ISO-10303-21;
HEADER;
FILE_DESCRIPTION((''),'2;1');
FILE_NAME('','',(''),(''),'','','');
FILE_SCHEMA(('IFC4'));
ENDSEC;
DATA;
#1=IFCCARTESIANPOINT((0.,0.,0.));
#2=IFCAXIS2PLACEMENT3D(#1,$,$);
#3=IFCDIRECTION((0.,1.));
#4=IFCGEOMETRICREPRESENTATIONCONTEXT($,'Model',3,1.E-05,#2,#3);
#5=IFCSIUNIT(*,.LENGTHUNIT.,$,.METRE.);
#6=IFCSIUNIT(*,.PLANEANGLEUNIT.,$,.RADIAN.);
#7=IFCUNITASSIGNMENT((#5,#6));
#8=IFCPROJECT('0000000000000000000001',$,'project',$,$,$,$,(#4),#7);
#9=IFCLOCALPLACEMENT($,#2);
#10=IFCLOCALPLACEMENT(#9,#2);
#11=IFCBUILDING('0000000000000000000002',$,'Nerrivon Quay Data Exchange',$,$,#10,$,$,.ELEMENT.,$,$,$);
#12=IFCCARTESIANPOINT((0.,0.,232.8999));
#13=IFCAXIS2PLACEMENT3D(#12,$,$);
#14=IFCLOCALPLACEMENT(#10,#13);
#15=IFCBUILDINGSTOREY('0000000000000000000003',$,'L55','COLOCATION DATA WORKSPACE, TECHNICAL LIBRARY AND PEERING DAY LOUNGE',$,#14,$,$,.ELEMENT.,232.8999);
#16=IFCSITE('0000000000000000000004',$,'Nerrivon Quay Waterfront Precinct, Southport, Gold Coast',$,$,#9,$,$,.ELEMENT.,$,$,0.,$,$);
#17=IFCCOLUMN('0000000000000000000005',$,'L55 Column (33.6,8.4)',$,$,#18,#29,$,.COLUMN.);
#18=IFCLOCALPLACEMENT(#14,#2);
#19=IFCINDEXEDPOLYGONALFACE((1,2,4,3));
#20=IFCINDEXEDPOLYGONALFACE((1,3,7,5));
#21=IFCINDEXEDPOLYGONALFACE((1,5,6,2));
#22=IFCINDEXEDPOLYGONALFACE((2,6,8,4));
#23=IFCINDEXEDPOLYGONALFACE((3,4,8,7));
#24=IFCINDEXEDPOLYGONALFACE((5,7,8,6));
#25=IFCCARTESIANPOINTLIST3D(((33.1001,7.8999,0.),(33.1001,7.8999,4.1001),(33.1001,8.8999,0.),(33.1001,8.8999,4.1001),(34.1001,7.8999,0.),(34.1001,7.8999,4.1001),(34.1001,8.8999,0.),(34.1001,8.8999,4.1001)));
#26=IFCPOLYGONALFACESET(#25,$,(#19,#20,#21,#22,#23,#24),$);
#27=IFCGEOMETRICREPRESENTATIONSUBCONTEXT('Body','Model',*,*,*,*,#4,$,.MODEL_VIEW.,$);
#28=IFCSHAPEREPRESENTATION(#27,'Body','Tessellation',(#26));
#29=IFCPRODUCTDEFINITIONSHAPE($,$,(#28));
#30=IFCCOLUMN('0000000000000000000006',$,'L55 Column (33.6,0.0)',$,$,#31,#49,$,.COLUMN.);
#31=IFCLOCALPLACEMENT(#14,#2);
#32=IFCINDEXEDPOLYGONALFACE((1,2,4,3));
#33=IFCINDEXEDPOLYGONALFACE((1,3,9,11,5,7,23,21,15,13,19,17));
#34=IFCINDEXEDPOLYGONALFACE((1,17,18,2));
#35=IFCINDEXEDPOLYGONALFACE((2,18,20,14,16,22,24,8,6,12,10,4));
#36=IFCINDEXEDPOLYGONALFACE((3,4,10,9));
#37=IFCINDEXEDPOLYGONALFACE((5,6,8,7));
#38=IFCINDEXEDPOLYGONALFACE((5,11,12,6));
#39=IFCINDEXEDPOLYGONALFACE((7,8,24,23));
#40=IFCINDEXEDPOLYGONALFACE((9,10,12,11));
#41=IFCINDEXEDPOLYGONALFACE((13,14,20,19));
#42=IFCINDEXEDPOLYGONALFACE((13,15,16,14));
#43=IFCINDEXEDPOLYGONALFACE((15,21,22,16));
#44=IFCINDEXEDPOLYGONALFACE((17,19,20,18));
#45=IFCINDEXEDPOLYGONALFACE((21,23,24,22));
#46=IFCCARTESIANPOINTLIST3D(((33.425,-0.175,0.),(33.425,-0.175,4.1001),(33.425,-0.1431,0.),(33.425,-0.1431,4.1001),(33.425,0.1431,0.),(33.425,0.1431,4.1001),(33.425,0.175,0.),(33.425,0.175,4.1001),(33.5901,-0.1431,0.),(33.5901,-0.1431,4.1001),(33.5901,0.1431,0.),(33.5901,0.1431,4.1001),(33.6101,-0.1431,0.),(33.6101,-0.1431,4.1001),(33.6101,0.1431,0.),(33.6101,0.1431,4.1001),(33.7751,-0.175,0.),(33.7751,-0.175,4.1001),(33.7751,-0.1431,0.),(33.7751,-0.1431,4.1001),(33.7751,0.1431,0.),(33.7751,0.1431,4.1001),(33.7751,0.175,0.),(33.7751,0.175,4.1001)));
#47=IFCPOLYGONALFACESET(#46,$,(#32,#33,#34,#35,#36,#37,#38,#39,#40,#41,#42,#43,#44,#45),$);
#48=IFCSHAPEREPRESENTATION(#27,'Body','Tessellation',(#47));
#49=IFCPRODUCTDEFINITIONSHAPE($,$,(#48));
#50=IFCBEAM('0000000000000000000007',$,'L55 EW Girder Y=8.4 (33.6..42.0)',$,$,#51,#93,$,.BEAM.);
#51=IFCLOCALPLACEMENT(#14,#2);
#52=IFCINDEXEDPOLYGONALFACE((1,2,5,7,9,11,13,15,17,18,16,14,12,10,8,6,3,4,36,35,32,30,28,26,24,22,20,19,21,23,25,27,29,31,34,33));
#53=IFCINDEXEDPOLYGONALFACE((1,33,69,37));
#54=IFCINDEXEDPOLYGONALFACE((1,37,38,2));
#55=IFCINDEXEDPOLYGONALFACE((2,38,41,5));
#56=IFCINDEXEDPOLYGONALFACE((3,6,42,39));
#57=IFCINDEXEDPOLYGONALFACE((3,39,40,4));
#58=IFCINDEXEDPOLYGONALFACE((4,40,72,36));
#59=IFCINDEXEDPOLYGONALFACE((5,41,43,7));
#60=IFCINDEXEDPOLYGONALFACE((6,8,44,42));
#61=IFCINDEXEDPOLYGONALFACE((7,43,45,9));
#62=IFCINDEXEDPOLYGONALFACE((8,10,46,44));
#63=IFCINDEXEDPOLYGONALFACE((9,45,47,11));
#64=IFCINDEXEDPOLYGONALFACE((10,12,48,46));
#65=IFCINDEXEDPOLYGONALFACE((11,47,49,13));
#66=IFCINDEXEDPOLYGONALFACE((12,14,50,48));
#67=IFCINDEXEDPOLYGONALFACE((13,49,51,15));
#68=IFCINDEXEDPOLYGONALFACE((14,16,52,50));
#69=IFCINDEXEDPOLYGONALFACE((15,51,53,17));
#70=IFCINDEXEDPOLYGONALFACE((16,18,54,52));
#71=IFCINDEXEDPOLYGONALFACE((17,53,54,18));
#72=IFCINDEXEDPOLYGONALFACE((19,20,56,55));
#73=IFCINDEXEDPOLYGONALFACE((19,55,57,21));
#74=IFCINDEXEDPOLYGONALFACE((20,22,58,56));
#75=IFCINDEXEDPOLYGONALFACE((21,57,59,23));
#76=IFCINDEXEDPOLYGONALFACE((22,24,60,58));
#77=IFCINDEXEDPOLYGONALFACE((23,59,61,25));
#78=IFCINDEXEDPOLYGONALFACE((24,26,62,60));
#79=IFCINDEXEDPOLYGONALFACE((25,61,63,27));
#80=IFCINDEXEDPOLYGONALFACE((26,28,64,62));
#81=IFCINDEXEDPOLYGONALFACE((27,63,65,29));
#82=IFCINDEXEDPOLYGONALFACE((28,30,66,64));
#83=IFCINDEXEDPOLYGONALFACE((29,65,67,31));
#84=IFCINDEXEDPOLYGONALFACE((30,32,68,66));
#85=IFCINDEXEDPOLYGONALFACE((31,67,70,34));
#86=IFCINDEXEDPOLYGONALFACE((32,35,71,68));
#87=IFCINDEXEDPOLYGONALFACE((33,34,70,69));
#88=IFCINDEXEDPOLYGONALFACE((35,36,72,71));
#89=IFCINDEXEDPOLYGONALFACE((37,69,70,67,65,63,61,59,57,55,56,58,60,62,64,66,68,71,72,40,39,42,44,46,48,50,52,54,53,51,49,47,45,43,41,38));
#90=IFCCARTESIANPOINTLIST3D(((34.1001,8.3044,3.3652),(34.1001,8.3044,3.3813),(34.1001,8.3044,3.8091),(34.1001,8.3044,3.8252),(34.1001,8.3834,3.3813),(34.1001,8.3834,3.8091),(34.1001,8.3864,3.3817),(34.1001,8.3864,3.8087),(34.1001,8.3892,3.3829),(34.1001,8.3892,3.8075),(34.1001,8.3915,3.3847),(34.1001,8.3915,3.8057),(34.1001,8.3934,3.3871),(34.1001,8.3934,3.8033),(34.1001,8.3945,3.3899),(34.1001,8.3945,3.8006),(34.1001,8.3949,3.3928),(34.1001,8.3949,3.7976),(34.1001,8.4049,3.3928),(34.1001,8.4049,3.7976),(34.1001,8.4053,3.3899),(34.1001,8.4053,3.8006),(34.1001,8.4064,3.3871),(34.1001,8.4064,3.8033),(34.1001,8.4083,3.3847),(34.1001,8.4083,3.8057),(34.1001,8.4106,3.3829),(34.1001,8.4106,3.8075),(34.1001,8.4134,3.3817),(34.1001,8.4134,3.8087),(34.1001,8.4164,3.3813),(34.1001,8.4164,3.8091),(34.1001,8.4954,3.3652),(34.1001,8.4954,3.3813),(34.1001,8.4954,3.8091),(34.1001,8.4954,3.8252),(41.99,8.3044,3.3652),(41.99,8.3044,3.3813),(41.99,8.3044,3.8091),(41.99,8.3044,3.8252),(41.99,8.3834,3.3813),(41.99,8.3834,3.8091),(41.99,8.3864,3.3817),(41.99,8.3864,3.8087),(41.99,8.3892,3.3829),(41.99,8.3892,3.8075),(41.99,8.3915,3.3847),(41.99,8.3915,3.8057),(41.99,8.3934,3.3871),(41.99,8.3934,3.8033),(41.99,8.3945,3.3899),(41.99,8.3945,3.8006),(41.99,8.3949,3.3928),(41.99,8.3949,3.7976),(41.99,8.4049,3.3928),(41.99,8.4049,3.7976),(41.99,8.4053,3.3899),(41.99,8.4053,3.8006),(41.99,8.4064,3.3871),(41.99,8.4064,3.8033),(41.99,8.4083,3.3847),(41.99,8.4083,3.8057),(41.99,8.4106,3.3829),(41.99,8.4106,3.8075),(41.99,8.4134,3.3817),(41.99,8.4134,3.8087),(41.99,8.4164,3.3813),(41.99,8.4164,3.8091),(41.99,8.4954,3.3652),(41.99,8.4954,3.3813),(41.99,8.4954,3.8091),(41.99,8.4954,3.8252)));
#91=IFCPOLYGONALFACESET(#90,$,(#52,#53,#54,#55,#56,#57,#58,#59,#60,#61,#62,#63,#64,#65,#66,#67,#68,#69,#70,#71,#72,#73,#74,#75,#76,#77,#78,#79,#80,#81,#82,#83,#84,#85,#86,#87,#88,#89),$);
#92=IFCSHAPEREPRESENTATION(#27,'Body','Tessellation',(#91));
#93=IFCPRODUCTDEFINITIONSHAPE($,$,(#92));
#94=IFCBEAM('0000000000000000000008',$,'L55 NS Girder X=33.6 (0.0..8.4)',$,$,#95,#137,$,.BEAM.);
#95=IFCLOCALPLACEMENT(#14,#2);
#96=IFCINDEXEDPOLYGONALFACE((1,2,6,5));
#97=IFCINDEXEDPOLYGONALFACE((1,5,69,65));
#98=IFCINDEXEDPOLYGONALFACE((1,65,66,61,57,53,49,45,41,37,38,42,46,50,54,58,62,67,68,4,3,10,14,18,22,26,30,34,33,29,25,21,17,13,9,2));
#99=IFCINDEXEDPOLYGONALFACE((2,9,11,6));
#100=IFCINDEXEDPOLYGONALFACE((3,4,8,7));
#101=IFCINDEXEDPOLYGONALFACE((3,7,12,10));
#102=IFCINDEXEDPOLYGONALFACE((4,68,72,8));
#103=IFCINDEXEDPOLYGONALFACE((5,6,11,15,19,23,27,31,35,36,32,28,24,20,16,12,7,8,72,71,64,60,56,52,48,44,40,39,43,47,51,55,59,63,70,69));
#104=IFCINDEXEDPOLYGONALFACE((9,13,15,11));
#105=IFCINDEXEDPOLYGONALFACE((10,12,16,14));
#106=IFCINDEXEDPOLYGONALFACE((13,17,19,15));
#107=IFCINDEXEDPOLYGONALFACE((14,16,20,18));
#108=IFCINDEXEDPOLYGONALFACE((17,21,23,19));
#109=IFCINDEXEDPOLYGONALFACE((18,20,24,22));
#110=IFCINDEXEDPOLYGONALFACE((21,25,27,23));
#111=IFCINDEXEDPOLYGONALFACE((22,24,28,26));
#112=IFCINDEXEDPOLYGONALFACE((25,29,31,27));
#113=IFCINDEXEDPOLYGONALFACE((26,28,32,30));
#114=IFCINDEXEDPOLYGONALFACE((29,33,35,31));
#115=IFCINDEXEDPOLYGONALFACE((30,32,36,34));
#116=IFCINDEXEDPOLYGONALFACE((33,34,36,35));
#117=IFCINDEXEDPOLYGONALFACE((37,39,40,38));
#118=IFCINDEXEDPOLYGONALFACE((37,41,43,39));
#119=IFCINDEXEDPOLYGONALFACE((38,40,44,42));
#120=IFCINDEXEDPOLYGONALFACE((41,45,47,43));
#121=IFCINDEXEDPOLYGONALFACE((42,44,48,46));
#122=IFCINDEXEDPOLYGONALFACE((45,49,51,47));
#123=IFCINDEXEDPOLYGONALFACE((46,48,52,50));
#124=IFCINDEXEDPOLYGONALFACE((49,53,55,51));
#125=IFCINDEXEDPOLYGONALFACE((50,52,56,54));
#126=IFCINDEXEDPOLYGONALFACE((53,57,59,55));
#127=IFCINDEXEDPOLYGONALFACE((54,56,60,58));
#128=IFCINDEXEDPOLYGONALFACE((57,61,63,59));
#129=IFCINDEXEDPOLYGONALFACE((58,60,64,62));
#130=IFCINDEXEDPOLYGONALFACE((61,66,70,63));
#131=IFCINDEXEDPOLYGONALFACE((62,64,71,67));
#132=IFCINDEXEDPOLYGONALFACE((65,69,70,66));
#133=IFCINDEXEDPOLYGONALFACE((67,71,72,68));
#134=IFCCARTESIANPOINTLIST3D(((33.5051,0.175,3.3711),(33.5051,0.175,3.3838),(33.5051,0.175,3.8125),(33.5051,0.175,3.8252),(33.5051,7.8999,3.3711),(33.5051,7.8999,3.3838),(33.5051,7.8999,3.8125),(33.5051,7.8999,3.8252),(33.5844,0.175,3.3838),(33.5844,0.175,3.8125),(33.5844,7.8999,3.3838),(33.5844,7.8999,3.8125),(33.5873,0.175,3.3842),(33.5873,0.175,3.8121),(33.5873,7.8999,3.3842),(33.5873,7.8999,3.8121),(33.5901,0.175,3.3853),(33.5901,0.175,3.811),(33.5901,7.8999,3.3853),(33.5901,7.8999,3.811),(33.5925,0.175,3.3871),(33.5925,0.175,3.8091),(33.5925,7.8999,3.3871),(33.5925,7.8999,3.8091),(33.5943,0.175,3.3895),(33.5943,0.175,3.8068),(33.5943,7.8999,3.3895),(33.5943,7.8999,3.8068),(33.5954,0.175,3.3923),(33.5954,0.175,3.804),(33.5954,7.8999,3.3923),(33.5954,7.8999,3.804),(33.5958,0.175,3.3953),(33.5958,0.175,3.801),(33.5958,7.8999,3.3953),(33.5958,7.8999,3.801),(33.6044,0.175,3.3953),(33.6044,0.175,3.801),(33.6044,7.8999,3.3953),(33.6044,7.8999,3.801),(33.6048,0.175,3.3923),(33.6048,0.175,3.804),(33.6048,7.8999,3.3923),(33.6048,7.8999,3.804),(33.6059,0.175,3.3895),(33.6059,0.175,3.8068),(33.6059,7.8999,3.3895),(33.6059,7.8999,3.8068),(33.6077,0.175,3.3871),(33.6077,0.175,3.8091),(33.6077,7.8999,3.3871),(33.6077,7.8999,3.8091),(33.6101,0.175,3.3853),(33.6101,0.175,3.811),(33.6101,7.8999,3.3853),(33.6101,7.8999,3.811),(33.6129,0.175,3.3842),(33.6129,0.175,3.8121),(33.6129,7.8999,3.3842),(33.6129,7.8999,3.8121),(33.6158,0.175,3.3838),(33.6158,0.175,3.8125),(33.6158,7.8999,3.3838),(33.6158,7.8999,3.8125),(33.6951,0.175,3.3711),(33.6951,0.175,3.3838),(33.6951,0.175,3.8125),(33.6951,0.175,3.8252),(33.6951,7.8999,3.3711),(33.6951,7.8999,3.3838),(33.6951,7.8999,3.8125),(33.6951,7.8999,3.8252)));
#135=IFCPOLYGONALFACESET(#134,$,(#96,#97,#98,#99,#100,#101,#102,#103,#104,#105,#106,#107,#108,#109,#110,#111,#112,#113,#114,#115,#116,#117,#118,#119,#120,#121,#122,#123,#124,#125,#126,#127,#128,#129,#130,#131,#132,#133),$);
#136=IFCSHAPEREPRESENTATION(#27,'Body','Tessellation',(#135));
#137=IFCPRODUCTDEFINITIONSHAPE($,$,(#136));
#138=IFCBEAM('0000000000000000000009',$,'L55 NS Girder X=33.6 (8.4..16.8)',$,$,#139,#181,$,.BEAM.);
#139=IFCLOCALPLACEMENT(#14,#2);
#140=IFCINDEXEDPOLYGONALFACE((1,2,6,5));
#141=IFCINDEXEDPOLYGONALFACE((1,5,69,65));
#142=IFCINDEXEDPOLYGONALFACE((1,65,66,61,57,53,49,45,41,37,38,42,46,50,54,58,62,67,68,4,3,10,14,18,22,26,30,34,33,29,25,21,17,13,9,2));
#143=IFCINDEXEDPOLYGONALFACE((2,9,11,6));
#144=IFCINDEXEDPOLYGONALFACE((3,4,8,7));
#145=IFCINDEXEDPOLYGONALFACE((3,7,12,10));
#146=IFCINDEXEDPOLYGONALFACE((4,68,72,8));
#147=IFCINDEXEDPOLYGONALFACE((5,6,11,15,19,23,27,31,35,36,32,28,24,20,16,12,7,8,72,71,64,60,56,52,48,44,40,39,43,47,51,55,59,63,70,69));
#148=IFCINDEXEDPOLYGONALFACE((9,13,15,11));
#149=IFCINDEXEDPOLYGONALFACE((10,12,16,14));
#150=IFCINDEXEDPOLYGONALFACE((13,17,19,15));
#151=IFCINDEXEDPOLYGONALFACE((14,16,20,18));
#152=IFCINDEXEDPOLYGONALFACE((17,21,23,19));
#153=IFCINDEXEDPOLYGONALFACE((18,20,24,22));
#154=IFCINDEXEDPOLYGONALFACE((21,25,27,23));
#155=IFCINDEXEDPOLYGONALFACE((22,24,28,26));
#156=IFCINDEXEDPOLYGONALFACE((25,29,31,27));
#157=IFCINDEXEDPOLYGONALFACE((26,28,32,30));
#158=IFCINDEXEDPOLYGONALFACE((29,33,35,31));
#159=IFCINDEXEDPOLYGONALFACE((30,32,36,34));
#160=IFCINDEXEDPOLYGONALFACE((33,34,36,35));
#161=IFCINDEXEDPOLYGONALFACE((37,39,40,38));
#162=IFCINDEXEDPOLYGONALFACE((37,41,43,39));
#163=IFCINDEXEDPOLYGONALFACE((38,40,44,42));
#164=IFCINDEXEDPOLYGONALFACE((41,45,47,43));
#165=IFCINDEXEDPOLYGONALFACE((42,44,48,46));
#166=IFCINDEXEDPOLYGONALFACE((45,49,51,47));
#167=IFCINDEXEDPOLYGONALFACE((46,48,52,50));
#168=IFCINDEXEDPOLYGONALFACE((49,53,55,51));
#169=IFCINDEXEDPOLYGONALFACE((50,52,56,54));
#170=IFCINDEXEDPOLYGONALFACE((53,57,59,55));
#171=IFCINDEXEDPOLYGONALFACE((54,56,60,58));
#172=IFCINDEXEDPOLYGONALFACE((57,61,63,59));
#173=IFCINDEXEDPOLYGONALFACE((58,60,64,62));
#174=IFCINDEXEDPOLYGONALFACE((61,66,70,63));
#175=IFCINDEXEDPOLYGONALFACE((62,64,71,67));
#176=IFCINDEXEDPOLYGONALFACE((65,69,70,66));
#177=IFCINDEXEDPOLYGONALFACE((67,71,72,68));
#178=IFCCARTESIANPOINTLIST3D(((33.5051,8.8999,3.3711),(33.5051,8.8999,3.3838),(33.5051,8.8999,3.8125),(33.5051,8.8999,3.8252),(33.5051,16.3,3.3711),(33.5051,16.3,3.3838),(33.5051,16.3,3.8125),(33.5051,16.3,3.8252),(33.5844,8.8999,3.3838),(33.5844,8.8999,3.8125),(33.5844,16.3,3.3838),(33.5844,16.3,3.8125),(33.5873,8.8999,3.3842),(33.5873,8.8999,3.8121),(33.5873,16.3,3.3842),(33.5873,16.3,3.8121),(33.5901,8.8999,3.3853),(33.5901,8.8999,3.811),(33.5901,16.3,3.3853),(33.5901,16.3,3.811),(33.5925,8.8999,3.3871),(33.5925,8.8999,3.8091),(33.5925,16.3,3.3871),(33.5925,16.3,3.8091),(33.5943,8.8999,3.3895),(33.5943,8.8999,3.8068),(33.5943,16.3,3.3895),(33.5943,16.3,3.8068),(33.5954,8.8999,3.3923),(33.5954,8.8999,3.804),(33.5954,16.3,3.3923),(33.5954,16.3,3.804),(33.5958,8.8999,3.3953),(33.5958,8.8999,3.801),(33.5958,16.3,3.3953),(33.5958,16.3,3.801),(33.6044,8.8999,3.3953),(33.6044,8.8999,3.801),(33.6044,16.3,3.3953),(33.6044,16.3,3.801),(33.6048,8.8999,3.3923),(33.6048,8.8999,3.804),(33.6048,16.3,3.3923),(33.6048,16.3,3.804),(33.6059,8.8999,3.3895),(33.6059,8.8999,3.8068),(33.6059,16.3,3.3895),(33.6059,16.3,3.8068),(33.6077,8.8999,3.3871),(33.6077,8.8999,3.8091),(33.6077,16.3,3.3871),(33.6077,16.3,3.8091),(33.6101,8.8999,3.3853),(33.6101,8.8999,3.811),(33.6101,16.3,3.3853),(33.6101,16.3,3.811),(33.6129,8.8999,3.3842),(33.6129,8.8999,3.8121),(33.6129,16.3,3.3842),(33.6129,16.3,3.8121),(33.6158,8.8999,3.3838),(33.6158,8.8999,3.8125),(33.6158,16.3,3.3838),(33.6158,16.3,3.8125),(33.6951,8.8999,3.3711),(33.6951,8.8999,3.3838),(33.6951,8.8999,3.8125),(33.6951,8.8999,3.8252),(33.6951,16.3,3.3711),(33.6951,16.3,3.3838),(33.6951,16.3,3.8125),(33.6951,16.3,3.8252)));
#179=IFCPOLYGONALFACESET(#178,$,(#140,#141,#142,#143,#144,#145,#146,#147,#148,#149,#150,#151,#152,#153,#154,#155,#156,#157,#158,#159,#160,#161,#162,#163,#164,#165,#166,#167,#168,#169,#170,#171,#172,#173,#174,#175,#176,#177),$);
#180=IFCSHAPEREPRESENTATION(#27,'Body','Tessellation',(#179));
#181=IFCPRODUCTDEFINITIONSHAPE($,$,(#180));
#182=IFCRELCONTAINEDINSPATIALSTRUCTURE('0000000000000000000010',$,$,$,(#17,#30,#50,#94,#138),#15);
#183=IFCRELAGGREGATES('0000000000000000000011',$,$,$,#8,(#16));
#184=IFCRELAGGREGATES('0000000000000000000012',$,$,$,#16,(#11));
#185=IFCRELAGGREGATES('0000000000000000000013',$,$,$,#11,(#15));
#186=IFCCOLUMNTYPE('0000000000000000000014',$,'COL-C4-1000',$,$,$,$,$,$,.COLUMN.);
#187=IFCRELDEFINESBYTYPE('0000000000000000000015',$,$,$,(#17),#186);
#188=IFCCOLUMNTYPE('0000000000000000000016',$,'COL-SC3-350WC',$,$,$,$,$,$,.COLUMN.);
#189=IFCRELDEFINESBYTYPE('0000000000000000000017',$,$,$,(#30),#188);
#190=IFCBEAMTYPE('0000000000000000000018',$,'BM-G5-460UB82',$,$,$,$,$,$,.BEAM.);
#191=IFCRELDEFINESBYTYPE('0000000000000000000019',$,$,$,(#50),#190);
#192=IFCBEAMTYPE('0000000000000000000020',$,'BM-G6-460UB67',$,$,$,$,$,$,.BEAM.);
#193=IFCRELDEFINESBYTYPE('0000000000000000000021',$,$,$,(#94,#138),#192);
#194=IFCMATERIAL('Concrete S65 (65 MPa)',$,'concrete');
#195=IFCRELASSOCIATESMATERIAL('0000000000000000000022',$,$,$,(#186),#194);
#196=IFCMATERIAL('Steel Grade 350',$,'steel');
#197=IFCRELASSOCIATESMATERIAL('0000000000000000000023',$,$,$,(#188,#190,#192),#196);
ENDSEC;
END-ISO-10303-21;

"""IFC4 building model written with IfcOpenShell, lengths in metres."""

from ifc_helpers import new_model, si_unit, direction, frame, origin, origin_2d, place, context, subcontext, project, spatial, rectangle, i_section, extrude, material, material_profile, profile_set, type_object, element, save


model = new_model("IFC4")

# Units and contexts
model_context = context("Model", 3, precision=1e-05, world=origin(), true_north=direction((0.0, 1.0)))
body_context = subcontext(model_context, "Body", "Model", "MODEL_VIEW")
ifc_project = project(units=[si_unit("LENGTHUNIT", "METRE"), si_unit("PLANEANGLEUNIT", "RADIAN")], contexts=[model_context])

# Site, building, storey
site_placement = place(None, origin())
site = spatial("IfcSite", under=ifc_project, at=site_placement, Name="Nerrivon Quay Waterfront Precinct, Southport, Gold Coast", CompositionType="ELEMENT", RefElevation=0.0)
building_placement = place(site_placement, origin())
building = spatial("IfcBuilding", under=site, at=building_placement, Name="Nerrivon Quay Data Exchange", CompositionType="ELEMENT")
storey_placement = place(building_placement, frame((0.0, 0.0, 232.8999)))
storey = spatial("IfcBuildingStorey", under=building, at=storey_placement, Name="L55", Description="COLOCATION DATA WORKSPACE, TECHNICAL LIBRARY AND PEERING DAY LOUNGE", CompositionType="ELEMENT", Elevation=232.8999)

# Columns
ifc_material_1 = material(Name="Concrete S65 (65 MPa)", Category="concrete")
ifc_material_profile_1 = material_profile(ifc_material_1, rectangle(XDim=1.0, YDim=1.0, at=origin_2d()), Name="RC-COL-1000x1000")
ifc_profile_set_1 = profile_set([ifc_material_profile_1], Name="Concrete S65 (65 MPa)")
column_type_1 = type_object("IfcColumnType", Name="COL-C4-1000", PredefinedType="COLUMN", material=ifc_profile_set_1)
column_1_placement = place(storey_placement, frame((33.6001, 8.3999, 0.0), z_axis=(0.0, 0.0, 1.0), x_axis=(1.0, 0.0, 0.0)))
element("IfcColumn", 1, at=column_1_placement, inside=storey, type_object=column_type_1, Name="L55 Column (33.6,8.4)", PredefinedType="COLUMN", context=body_context, shape_type="SweptSolid", body=[
    extrude(rectangle(XDim=1.0, YDim=1.0, at=origin_2d()), origin(), (0.0, 0.0, 1.0), 4.1001),
])
ifc_material_2 = material(Name="Steel Grade 350", Category="steel")
ifc_material_profile_2 = material_profile(ifc_material_2, i_section(OverallWidth=0.3501, OverallDepth=0.3501, WebThickness=0.02, FlangeThickness=0.032, at=origin_2d()), Name="350WC230")
ifc_profile_set_2 = profile_set([ifc_material_profile_2], Name="Steel Grade 350")
column_type_2 = type_object("IfcColumnType", Name="COL-SC3-350WC", PredefinedType="COLUMN", material=ifc_profile_set_2)
column_2_placement = place(storey_placement, frame((33.6001, 0.0, 0.0), z_axis=(0.0, 0.0, 1.0), x_axis=(1.0, 0.0, 0.0)))
element("IfcColumn", 2, at=column_2_placement, inside=storey, type_object=column_type_2, Name="L55 Column (33.6,0.0)", PredefinedType="COLUMN", context=body_context, shape_type="SweptSolid", body=[
    extrude(i_section(OverallWidth=0.3501, OverallDepth=0.3501, WebThickness=0.02, FlangeThickness=0.032, at=origin_2d()), origin(), (0.0, 0.0, 1.0), 4.1001),
])

# Beams
ifc_material_profile_3 = material_profile(ifc_material_2, i_section(OverallWidth=0.1909, OverallDepth=0.46, WebThickness=0.01, FlangeThickness=0.0161, FilletRadius=0.0115, at=origin_2d()), Name="460UB82.1")
ifc_profile_set_3 = profile_set([ifc_material_profile_3], Name="Steel Grade 350")
beam_type_1 = type_object("IfcBeamType", Name="BM-G5-460UB82", PredefinedType="BEAM", material=ifc_profile_set_3)
beam_1_placement = place(storey_placement, frame((34.1001, 8.3999, 3.5952), z_axis=(1.0, 0.0, 0.0), x_axis=(0.0, 1.0, 0.0)))
element("IfcBeam", 3, at=beam_1_placement, inside=storey, type_object=beam_type_1, Name="L55 EW Girder Y=8.4 (33.6..42.0)", PredefinedType="BEAM", context=body_context, shape_type="SweptSolid", body=[
    extrude(i_section(OverallWidth=0.1909, OverallDepth=0.46, WebThickness=0.01, FlangeThickness=0.0161, FilletRadius=0.0115, at=origin_2d()), origin(), (0.0, 0.0, 1.0), 7.8899),
])
ifc_material_profile_4 = material_profile(ifc_material_2, i_section(OverallWidth=0.1899, OverallDepth=0.4541, WebThickness=0.0085, FlangeThickness=0.0127, FilletRadius=0.0115, at=origin_2d()), Name="460UB67.1")
ifc_profile_set_4 = profile_set([ifc_material_profile_4], Name="Steel Grade 350")
beam_type_2 = type_object("IfcBeamType", Name="BM-G6-460UB67", PredefinedType="BEAM", material=ifc_profile_set_4)
beam_2_placement = place(storey_placement, frame((33.6001, 0.175, 3.5981), z_axis=(0.0, 1.0, 0.0), x_axis=(-1.0, 0.0, 0.0)))
element("IfcBeam", 4, at=beam_2_placement, inside=storey, type_object=beam_type_2, Name="L55 NS Girder X=33.6 (0.0..8.4)", PredefinedType="BEAM", context=body_context, shape_type="SweptSolid", body=[
    extrude(i_section(OverallWidth=0.1899, OverallDepth=0.4541, WebThickness=0.0085, FlangeThickness=0.0127, FilletRadius=0.0115, at=origin_2d()), origin(), (0.0, 0.0, 1.0), 7.7249),
])
beam_3_placement = place(storey_placement, frame((33.6001, 8.8999, 3.5981), z_axis=(0.0, 1.0, 0.0), x_axis=(-1.0, 0.0, 0.0)))
element("IfcBeam", 5, at=beam_3_placement, inside=storey, type_object=beam_type_2, Name="L55 NS Girder X=33.6 (8.4..16.8)", PredefinedType="BEAM", context=body_context, shape_type="SweptSolid", body=[
    extrude(i_section(OverallWidth=0.1899, OverallDepth=0.4541, WebThickness=0.0085, FlangeThickness=0.0127, FilletRadius=0.0115, at=origin_2d()), origin(), (0.0, 0.0, 1.0), 7.4001),
])

save(model, "model.ifc")
